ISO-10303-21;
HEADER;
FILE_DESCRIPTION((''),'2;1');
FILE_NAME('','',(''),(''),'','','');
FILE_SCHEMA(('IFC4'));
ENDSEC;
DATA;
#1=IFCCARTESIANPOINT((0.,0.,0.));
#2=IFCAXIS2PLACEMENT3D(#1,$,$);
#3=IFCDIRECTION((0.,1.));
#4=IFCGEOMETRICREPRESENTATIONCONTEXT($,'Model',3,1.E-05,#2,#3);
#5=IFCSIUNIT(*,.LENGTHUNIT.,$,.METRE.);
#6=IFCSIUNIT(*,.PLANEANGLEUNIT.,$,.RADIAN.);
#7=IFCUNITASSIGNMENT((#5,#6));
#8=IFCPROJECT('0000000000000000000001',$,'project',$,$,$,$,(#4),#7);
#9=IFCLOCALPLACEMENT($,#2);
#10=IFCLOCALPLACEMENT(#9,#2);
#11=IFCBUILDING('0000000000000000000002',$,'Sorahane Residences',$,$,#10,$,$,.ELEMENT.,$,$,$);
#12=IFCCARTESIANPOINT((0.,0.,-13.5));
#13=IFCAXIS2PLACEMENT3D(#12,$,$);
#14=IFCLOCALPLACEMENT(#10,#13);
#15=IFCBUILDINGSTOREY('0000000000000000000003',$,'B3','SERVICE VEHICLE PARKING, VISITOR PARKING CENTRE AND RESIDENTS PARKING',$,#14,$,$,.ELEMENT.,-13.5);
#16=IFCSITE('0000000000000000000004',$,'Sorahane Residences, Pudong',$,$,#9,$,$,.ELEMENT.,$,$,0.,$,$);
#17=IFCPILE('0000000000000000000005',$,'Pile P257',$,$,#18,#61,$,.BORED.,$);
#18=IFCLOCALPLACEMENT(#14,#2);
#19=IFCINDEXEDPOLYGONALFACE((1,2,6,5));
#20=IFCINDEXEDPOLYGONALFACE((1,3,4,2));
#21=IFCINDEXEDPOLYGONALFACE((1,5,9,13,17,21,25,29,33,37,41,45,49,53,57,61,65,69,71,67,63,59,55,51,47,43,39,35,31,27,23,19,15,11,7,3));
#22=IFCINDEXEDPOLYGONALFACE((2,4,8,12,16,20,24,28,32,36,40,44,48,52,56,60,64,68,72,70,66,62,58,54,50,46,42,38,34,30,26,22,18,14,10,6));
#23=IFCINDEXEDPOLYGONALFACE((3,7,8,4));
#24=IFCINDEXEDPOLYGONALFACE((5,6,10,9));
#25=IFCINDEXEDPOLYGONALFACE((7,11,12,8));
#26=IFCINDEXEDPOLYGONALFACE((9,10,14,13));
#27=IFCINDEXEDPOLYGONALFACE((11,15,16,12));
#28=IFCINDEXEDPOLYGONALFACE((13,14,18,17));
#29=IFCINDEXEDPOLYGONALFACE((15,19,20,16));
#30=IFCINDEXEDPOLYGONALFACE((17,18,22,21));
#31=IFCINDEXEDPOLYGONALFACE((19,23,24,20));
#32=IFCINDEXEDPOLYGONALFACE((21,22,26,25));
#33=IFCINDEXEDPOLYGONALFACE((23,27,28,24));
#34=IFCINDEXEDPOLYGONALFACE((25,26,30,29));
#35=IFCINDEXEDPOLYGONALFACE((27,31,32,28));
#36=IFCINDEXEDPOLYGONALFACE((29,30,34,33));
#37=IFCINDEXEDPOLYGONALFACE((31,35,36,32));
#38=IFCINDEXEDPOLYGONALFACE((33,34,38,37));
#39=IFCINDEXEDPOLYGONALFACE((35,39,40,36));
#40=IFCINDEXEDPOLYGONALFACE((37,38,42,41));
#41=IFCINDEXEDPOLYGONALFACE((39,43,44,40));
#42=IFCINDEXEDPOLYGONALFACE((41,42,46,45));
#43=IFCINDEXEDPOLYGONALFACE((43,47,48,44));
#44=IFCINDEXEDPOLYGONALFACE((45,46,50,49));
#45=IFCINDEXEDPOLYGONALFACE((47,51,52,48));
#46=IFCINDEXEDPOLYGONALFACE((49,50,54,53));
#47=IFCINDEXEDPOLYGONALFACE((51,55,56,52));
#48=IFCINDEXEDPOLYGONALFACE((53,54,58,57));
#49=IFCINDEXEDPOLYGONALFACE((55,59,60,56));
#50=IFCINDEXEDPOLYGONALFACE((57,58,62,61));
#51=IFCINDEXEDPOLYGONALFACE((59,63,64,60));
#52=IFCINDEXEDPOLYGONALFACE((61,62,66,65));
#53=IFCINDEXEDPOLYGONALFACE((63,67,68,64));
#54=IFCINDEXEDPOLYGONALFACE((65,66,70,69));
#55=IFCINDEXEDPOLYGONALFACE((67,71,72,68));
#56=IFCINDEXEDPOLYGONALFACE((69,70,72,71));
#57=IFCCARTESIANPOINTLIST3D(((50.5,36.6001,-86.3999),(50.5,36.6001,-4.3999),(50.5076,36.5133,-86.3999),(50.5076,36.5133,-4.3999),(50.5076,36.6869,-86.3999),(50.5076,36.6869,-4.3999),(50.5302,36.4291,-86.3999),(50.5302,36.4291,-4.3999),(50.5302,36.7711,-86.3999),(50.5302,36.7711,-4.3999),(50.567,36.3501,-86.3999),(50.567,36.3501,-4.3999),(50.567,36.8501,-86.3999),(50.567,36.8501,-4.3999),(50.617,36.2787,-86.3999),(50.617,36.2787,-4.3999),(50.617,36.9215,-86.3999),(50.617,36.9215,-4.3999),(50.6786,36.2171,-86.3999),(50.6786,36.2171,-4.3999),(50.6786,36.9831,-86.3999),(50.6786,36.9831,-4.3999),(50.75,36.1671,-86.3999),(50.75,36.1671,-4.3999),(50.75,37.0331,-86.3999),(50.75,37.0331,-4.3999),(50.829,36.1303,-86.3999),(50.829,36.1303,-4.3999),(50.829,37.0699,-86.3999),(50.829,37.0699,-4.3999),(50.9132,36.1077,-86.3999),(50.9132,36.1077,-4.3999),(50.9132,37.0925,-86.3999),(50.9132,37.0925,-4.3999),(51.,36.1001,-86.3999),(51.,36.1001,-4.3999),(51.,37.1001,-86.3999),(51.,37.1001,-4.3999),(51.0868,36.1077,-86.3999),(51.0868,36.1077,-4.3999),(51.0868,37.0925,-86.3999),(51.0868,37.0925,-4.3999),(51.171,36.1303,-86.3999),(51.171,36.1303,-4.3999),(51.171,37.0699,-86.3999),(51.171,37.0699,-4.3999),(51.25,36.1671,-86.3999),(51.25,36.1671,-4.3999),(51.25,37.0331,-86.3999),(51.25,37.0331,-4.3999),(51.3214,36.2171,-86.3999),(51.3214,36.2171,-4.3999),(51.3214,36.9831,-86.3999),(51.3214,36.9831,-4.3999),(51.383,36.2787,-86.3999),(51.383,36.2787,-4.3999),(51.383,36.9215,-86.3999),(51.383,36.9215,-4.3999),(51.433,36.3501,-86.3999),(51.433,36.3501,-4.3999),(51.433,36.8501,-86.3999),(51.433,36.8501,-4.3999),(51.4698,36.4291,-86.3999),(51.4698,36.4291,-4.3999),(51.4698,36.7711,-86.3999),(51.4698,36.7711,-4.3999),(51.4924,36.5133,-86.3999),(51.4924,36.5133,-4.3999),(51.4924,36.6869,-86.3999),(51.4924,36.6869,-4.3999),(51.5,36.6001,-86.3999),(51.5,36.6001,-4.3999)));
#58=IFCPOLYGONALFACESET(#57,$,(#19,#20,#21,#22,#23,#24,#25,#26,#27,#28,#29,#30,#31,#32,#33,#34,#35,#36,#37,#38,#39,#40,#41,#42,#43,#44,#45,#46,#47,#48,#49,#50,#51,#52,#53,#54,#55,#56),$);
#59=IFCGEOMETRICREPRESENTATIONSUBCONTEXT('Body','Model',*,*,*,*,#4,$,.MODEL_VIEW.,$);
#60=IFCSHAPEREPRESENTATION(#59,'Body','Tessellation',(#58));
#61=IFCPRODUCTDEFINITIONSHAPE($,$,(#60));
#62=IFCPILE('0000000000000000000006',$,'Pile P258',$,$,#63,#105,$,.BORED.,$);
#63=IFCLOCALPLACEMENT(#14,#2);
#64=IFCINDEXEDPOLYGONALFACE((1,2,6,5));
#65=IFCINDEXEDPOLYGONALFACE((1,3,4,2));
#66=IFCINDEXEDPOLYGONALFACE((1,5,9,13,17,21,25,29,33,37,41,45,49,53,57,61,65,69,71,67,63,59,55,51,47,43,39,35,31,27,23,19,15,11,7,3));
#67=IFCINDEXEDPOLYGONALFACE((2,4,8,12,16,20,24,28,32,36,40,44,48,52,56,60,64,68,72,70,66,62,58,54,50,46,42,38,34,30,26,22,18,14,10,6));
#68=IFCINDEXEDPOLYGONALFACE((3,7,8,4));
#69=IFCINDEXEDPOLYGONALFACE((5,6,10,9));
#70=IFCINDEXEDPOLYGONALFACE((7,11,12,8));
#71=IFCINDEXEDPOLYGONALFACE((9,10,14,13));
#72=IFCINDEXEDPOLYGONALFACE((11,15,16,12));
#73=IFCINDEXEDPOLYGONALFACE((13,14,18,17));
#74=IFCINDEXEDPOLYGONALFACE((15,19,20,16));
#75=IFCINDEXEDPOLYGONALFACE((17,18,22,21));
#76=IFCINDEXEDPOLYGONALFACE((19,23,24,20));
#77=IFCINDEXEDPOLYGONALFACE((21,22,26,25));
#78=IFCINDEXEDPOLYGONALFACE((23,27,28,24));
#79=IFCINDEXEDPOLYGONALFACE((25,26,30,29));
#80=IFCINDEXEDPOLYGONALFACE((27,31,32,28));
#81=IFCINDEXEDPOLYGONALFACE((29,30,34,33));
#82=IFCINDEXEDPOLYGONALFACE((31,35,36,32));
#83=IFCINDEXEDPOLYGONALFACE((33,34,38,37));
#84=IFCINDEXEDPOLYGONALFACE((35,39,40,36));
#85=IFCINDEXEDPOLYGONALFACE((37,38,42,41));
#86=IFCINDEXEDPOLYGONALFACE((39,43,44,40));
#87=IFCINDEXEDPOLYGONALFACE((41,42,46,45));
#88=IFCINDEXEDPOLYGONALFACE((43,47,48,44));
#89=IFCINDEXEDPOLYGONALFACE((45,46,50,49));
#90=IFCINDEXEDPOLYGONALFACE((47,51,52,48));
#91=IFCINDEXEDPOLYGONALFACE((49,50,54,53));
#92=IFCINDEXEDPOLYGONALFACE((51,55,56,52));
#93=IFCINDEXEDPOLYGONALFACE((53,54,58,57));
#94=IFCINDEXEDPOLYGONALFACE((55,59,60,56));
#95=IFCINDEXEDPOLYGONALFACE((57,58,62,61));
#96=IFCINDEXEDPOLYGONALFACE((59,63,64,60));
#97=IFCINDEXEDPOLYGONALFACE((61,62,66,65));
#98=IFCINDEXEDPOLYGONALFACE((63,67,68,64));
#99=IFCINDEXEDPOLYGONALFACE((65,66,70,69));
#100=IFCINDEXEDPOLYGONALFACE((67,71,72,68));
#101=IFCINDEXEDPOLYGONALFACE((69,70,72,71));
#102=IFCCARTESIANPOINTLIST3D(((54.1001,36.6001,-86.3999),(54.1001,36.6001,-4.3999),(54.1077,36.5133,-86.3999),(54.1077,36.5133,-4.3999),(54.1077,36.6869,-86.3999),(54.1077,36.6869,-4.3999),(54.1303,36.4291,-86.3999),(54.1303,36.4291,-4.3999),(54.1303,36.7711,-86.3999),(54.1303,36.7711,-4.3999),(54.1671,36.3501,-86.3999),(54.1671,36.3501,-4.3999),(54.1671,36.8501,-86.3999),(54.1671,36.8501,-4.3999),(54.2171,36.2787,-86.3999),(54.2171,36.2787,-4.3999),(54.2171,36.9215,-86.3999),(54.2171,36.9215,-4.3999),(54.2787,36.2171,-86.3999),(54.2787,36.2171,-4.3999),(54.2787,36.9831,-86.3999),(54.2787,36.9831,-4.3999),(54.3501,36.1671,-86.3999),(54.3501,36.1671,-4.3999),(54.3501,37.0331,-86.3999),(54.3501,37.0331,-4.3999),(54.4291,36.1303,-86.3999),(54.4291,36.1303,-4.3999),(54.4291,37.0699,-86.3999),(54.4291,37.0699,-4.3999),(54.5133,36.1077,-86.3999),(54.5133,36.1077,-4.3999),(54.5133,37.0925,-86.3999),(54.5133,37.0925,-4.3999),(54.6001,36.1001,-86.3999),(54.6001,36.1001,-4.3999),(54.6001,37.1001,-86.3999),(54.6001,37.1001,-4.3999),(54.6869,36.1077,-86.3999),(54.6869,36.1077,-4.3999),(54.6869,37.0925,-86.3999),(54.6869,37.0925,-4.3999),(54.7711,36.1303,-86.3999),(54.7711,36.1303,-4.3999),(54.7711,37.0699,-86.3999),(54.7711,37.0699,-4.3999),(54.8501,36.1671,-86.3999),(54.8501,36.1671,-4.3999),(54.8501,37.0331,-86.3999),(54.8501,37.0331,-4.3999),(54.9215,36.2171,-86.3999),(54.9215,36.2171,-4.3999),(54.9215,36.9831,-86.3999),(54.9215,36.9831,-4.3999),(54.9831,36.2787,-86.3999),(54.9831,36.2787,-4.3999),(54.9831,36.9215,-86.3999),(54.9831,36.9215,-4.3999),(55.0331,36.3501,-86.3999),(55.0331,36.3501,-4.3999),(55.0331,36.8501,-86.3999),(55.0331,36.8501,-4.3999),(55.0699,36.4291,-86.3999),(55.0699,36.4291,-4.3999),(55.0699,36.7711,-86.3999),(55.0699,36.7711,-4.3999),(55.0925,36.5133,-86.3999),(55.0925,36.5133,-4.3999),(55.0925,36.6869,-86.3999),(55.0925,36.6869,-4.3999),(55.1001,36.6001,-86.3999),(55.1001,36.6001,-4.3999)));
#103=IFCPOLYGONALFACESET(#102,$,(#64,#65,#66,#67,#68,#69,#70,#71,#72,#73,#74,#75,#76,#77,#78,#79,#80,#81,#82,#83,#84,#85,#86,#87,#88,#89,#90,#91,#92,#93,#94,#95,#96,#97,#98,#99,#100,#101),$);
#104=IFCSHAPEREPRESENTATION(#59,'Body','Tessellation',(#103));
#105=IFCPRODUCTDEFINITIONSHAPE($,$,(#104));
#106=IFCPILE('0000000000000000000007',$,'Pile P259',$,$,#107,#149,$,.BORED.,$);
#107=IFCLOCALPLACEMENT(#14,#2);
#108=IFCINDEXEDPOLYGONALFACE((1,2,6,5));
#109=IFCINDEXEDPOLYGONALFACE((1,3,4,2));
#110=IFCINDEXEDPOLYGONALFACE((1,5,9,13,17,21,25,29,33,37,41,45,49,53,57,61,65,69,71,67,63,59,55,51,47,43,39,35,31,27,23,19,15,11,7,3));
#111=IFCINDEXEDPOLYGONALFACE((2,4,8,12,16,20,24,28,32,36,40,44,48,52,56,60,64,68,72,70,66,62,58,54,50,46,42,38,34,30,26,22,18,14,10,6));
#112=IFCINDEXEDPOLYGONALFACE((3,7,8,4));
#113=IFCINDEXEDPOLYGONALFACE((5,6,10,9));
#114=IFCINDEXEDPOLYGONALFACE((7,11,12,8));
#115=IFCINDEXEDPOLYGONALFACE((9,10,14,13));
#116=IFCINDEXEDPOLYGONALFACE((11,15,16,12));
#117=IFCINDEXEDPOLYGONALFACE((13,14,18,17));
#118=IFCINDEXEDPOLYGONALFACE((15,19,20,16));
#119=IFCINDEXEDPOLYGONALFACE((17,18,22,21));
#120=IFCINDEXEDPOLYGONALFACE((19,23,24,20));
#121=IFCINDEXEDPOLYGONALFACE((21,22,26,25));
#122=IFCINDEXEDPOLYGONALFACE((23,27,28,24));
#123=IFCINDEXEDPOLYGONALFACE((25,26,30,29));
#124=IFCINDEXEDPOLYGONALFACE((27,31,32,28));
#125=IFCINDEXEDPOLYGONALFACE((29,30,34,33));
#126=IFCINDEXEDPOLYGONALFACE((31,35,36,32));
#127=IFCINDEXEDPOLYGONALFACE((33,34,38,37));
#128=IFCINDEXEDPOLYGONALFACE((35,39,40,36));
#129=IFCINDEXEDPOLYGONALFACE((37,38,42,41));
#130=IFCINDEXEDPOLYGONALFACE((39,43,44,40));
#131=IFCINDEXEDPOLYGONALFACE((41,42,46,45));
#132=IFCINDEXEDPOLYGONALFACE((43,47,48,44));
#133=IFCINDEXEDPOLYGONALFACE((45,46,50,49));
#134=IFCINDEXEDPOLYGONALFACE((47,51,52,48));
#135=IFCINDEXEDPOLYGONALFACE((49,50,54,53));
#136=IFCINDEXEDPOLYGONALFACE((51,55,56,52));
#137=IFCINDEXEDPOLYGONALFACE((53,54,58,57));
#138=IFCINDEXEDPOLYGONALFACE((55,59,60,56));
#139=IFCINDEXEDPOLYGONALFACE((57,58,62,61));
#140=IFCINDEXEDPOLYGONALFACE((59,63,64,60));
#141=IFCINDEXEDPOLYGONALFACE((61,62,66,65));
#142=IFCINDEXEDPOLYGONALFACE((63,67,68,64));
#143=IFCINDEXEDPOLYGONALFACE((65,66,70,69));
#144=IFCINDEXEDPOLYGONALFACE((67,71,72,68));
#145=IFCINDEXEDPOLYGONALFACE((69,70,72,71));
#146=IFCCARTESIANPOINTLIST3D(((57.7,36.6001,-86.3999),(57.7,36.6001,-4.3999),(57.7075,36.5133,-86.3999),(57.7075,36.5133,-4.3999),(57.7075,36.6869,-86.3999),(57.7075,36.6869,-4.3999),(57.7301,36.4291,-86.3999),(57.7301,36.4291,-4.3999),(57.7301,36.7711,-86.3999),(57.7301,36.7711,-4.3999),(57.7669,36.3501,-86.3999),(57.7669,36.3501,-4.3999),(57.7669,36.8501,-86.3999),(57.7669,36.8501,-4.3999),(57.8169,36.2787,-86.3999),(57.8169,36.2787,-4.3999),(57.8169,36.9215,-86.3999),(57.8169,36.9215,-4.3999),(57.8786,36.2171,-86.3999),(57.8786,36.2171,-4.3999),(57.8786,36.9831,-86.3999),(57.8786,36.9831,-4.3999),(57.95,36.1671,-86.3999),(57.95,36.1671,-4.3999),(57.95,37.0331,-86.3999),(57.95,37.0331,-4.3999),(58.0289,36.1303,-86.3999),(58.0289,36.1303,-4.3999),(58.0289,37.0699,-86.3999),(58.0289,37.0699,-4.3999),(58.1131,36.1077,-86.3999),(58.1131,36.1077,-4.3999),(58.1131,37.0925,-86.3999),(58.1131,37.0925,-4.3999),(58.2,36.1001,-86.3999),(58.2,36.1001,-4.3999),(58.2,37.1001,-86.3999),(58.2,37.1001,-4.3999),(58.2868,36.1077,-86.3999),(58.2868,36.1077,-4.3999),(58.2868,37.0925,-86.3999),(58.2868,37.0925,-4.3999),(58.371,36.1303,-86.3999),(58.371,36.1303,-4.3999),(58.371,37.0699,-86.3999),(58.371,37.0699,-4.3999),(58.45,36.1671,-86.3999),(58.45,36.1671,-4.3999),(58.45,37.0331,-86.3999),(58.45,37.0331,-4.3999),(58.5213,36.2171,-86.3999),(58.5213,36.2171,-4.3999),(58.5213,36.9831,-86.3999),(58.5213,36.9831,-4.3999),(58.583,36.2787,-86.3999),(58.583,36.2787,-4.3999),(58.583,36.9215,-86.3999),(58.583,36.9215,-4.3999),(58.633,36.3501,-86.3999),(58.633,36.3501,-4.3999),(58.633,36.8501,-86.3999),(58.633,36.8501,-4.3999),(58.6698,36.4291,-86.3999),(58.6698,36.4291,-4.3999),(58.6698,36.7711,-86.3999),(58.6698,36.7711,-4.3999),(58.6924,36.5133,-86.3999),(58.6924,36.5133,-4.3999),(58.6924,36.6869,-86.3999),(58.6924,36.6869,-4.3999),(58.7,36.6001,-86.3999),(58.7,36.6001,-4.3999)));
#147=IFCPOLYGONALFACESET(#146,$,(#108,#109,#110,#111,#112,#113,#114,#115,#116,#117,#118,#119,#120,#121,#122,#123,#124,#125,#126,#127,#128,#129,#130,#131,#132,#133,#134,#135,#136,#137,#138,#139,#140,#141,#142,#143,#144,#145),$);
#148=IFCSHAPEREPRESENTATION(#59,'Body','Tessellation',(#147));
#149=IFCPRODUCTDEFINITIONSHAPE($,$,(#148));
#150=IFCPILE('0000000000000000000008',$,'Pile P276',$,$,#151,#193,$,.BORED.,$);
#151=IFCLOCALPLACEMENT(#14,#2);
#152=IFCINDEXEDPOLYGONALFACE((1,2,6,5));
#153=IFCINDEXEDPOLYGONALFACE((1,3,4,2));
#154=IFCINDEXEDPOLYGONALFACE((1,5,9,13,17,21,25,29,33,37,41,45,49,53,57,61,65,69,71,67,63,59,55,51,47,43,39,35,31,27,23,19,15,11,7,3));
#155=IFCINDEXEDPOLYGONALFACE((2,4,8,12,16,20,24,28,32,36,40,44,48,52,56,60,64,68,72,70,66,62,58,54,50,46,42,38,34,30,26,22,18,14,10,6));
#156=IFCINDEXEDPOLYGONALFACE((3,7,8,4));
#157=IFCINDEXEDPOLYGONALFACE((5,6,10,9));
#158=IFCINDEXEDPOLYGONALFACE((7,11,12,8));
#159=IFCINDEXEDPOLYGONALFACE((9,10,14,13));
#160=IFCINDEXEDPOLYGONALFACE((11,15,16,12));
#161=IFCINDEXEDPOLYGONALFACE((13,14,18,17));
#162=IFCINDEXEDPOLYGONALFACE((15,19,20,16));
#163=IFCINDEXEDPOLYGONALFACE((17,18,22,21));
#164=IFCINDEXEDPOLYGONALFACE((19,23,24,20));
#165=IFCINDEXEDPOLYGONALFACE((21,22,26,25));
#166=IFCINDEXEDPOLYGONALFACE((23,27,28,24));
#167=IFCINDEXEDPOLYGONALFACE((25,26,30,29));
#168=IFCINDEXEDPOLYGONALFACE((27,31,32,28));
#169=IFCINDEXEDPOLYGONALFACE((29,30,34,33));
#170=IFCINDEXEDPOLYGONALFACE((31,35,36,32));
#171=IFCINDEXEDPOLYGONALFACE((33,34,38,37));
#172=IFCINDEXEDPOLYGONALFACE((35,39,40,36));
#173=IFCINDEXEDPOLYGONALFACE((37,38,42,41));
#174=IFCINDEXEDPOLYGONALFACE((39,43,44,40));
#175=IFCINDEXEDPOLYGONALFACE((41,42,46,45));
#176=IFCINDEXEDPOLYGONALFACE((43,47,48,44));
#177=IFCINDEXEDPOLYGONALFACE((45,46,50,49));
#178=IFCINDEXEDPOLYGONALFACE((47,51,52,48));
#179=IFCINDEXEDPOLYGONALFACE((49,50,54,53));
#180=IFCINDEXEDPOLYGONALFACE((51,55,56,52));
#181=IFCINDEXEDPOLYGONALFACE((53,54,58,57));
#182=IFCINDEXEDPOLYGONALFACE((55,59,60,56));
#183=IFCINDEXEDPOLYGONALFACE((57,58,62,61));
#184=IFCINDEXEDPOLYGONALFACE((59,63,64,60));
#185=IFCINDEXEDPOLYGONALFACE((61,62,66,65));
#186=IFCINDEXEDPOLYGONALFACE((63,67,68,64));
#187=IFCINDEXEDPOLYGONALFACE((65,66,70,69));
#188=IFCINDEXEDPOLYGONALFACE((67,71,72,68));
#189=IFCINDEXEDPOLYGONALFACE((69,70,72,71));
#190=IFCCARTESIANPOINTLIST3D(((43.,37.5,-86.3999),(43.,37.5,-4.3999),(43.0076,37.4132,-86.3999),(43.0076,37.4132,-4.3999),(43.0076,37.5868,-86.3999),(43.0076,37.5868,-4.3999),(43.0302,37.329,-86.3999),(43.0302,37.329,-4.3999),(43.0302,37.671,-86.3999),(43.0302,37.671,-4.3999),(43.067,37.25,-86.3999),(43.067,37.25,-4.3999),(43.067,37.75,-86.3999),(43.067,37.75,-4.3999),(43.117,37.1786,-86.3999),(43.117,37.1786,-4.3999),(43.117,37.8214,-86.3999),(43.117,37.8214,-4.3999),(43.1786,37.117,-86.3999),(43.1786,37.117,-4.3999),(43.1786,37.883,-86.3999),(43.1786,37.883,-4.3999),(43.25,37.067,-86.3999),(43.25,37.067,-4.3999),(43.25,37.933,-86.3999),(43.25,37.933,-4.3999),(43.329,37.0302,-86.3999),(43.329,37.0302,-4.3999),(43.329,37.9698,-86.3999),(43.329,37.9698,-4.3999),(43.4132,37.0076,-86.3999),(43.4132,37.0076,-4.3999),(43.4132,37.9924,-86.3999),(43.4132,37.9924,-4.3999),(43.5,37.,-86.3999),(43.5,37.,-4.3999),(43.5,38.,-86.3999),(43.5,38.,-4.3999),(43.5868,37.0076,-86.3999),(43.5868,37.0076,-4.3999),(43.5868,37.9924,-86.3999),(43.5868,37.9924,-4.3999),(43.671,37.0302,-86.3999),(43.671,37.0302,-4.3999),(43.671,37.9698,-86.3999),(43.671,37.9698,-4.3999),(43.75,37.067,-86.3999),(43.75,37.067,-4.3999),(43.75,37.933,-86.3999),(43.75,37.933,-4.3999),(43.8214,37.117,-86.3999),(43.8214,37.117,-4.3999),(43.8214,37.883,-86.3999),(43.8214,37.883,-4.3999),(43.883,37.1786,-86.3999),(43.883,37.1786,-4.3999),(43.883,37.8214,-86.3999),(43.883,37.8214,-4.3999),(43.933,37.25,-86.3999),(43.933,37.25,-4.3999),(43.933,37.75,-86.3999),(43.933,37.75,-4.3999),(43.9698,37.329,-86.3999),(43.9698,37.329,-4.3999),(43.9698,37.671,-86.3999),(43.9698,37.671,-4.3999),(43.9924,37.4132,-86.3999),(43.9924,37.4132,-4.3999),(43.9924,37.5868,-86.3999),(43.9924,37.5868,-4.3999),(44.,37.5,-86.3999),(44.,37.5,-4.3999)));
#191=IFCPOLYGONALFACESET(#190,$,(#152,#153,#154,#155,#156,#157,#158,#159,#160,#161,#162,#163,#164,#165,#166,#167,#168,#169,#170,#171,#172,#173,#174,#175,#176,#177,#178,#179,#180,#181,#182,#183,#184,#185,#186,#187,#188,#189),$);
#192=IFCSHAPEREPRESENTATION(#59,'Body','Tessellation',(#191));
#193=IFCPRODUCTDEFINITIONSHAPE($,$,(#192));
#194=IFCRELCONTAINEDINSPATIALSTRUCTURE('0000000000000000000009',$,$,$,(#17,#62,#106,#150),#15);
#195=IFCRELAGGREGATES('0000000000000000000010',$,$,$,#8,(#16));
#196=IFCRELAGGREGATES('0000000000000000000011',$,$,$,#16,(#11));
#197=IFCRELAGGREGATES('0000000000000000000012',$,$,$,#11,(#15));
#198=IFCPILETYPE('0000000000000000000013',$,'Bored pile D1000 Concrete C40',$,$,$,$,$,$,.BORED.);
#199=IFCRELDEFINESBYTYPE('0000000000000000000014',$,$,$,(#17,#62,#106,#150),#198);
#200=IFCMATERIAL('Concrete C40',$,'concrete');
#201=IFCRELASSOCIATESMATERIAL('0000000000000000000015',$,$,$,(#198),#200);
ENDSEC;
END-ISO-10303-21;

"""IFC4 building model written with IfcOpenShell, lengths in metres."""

from ifc_helpers import new_model, si_unit, direction, frame, origin, origin_2d, place, context, subcontext, project, spatial, circle, extrude, material, material_profile, profile_set, type_object, element, save


model = new_model("IFC4")

# Units and contexts
model_context = context("Model", 3, precision=1e-05, world=origin(), true_north=direction((0.0, 1.0)))
body_context = subcontext(model_context, "Body", "Model", "MODEL_VIEW")
ifc_project = project(units=[si_unit("LENGTHUNIT", "METRE"), si_unit("PLANEANGLEUNIT", "RADIAN")], contexts=[model_context])

# Site, building, storey
site_placement = place(None, origin())
site = spatial("IfcSite", under=ifc_project, at=site_placement, Name="Sorahane Residences, Pudong", CompositionType="ELEMENT", RefElevation=0.0)
building_placement = place(site_placement, origin())
building = spatial("IfcBuilding", under=site, at=building_placement, Name="Sorahane Residences", CompositionType="ELEMENT")
storey_placement = place(building_placement, frame((0.0, 0.0, -13.5)))
storey = spatial("IfcBuildingStorey", under=building, at=storey_placement, Name="B3", Description="SERVICE VEHICLE PARKING, VISITOR PARKING CENTRE AND RESIDENTS PARKING", CompositionType="ELEMENT", Elevation=-13.5)

# Piles
ifc_material_1 = material(Name="Concrete C40", Category="concrete")
ifc_material_profile_1 = material_profile(ifc_material_1, circle(Radius=0.5, at=origin_2d()), Name="D1000")
ifc_profile_set_1 = profile_set([ifc_material_profile_1], Name="Concrete C40")
pile_type = type_object("IfcPileType", Name="Bored pile D1000 Concrete C40", PredefinedType="BORED", material=ifc_profile_set_1)
for number, where, z_axis, x_axis, name in (
    (1, (51.0, 36.6001, -4.3999), (0.0, 0.0, -1.0), (1.0, 0.0, 0.0), "Pile P257"),
    (2, (54.6001, 36.6001, -4.3999), (0.0, 0.0, -1.0), (1.0, 0.0, 0.0), "Pile P258"),
    (3, (58.2, 36.6001, -4.3999), (0.0, 0.0, -1.0), (1.0, 0.0, 0.0), "Pile P259"),
    (4, (43.5, 37.5, -4.3999), (0.0, 0.0, -1.0), (1.0, 0.0, 0.0), "Pile P276"),
):
    element("IfcPile", number, at=place(storey_placement, frame(where, z_axis=z_axis, x_axis=x_axis)), inside=storey, type_object=pile_type, Name=name, PredefinedType="BORED", context=body_context, shape_type="SweptSolid", body=[
        extrude(circle(Radius=0.5, at=origin_2d()), origin(), (0.0, 0.0, 1.0), 82.0),
    ])

save(model, "model.ifc")
